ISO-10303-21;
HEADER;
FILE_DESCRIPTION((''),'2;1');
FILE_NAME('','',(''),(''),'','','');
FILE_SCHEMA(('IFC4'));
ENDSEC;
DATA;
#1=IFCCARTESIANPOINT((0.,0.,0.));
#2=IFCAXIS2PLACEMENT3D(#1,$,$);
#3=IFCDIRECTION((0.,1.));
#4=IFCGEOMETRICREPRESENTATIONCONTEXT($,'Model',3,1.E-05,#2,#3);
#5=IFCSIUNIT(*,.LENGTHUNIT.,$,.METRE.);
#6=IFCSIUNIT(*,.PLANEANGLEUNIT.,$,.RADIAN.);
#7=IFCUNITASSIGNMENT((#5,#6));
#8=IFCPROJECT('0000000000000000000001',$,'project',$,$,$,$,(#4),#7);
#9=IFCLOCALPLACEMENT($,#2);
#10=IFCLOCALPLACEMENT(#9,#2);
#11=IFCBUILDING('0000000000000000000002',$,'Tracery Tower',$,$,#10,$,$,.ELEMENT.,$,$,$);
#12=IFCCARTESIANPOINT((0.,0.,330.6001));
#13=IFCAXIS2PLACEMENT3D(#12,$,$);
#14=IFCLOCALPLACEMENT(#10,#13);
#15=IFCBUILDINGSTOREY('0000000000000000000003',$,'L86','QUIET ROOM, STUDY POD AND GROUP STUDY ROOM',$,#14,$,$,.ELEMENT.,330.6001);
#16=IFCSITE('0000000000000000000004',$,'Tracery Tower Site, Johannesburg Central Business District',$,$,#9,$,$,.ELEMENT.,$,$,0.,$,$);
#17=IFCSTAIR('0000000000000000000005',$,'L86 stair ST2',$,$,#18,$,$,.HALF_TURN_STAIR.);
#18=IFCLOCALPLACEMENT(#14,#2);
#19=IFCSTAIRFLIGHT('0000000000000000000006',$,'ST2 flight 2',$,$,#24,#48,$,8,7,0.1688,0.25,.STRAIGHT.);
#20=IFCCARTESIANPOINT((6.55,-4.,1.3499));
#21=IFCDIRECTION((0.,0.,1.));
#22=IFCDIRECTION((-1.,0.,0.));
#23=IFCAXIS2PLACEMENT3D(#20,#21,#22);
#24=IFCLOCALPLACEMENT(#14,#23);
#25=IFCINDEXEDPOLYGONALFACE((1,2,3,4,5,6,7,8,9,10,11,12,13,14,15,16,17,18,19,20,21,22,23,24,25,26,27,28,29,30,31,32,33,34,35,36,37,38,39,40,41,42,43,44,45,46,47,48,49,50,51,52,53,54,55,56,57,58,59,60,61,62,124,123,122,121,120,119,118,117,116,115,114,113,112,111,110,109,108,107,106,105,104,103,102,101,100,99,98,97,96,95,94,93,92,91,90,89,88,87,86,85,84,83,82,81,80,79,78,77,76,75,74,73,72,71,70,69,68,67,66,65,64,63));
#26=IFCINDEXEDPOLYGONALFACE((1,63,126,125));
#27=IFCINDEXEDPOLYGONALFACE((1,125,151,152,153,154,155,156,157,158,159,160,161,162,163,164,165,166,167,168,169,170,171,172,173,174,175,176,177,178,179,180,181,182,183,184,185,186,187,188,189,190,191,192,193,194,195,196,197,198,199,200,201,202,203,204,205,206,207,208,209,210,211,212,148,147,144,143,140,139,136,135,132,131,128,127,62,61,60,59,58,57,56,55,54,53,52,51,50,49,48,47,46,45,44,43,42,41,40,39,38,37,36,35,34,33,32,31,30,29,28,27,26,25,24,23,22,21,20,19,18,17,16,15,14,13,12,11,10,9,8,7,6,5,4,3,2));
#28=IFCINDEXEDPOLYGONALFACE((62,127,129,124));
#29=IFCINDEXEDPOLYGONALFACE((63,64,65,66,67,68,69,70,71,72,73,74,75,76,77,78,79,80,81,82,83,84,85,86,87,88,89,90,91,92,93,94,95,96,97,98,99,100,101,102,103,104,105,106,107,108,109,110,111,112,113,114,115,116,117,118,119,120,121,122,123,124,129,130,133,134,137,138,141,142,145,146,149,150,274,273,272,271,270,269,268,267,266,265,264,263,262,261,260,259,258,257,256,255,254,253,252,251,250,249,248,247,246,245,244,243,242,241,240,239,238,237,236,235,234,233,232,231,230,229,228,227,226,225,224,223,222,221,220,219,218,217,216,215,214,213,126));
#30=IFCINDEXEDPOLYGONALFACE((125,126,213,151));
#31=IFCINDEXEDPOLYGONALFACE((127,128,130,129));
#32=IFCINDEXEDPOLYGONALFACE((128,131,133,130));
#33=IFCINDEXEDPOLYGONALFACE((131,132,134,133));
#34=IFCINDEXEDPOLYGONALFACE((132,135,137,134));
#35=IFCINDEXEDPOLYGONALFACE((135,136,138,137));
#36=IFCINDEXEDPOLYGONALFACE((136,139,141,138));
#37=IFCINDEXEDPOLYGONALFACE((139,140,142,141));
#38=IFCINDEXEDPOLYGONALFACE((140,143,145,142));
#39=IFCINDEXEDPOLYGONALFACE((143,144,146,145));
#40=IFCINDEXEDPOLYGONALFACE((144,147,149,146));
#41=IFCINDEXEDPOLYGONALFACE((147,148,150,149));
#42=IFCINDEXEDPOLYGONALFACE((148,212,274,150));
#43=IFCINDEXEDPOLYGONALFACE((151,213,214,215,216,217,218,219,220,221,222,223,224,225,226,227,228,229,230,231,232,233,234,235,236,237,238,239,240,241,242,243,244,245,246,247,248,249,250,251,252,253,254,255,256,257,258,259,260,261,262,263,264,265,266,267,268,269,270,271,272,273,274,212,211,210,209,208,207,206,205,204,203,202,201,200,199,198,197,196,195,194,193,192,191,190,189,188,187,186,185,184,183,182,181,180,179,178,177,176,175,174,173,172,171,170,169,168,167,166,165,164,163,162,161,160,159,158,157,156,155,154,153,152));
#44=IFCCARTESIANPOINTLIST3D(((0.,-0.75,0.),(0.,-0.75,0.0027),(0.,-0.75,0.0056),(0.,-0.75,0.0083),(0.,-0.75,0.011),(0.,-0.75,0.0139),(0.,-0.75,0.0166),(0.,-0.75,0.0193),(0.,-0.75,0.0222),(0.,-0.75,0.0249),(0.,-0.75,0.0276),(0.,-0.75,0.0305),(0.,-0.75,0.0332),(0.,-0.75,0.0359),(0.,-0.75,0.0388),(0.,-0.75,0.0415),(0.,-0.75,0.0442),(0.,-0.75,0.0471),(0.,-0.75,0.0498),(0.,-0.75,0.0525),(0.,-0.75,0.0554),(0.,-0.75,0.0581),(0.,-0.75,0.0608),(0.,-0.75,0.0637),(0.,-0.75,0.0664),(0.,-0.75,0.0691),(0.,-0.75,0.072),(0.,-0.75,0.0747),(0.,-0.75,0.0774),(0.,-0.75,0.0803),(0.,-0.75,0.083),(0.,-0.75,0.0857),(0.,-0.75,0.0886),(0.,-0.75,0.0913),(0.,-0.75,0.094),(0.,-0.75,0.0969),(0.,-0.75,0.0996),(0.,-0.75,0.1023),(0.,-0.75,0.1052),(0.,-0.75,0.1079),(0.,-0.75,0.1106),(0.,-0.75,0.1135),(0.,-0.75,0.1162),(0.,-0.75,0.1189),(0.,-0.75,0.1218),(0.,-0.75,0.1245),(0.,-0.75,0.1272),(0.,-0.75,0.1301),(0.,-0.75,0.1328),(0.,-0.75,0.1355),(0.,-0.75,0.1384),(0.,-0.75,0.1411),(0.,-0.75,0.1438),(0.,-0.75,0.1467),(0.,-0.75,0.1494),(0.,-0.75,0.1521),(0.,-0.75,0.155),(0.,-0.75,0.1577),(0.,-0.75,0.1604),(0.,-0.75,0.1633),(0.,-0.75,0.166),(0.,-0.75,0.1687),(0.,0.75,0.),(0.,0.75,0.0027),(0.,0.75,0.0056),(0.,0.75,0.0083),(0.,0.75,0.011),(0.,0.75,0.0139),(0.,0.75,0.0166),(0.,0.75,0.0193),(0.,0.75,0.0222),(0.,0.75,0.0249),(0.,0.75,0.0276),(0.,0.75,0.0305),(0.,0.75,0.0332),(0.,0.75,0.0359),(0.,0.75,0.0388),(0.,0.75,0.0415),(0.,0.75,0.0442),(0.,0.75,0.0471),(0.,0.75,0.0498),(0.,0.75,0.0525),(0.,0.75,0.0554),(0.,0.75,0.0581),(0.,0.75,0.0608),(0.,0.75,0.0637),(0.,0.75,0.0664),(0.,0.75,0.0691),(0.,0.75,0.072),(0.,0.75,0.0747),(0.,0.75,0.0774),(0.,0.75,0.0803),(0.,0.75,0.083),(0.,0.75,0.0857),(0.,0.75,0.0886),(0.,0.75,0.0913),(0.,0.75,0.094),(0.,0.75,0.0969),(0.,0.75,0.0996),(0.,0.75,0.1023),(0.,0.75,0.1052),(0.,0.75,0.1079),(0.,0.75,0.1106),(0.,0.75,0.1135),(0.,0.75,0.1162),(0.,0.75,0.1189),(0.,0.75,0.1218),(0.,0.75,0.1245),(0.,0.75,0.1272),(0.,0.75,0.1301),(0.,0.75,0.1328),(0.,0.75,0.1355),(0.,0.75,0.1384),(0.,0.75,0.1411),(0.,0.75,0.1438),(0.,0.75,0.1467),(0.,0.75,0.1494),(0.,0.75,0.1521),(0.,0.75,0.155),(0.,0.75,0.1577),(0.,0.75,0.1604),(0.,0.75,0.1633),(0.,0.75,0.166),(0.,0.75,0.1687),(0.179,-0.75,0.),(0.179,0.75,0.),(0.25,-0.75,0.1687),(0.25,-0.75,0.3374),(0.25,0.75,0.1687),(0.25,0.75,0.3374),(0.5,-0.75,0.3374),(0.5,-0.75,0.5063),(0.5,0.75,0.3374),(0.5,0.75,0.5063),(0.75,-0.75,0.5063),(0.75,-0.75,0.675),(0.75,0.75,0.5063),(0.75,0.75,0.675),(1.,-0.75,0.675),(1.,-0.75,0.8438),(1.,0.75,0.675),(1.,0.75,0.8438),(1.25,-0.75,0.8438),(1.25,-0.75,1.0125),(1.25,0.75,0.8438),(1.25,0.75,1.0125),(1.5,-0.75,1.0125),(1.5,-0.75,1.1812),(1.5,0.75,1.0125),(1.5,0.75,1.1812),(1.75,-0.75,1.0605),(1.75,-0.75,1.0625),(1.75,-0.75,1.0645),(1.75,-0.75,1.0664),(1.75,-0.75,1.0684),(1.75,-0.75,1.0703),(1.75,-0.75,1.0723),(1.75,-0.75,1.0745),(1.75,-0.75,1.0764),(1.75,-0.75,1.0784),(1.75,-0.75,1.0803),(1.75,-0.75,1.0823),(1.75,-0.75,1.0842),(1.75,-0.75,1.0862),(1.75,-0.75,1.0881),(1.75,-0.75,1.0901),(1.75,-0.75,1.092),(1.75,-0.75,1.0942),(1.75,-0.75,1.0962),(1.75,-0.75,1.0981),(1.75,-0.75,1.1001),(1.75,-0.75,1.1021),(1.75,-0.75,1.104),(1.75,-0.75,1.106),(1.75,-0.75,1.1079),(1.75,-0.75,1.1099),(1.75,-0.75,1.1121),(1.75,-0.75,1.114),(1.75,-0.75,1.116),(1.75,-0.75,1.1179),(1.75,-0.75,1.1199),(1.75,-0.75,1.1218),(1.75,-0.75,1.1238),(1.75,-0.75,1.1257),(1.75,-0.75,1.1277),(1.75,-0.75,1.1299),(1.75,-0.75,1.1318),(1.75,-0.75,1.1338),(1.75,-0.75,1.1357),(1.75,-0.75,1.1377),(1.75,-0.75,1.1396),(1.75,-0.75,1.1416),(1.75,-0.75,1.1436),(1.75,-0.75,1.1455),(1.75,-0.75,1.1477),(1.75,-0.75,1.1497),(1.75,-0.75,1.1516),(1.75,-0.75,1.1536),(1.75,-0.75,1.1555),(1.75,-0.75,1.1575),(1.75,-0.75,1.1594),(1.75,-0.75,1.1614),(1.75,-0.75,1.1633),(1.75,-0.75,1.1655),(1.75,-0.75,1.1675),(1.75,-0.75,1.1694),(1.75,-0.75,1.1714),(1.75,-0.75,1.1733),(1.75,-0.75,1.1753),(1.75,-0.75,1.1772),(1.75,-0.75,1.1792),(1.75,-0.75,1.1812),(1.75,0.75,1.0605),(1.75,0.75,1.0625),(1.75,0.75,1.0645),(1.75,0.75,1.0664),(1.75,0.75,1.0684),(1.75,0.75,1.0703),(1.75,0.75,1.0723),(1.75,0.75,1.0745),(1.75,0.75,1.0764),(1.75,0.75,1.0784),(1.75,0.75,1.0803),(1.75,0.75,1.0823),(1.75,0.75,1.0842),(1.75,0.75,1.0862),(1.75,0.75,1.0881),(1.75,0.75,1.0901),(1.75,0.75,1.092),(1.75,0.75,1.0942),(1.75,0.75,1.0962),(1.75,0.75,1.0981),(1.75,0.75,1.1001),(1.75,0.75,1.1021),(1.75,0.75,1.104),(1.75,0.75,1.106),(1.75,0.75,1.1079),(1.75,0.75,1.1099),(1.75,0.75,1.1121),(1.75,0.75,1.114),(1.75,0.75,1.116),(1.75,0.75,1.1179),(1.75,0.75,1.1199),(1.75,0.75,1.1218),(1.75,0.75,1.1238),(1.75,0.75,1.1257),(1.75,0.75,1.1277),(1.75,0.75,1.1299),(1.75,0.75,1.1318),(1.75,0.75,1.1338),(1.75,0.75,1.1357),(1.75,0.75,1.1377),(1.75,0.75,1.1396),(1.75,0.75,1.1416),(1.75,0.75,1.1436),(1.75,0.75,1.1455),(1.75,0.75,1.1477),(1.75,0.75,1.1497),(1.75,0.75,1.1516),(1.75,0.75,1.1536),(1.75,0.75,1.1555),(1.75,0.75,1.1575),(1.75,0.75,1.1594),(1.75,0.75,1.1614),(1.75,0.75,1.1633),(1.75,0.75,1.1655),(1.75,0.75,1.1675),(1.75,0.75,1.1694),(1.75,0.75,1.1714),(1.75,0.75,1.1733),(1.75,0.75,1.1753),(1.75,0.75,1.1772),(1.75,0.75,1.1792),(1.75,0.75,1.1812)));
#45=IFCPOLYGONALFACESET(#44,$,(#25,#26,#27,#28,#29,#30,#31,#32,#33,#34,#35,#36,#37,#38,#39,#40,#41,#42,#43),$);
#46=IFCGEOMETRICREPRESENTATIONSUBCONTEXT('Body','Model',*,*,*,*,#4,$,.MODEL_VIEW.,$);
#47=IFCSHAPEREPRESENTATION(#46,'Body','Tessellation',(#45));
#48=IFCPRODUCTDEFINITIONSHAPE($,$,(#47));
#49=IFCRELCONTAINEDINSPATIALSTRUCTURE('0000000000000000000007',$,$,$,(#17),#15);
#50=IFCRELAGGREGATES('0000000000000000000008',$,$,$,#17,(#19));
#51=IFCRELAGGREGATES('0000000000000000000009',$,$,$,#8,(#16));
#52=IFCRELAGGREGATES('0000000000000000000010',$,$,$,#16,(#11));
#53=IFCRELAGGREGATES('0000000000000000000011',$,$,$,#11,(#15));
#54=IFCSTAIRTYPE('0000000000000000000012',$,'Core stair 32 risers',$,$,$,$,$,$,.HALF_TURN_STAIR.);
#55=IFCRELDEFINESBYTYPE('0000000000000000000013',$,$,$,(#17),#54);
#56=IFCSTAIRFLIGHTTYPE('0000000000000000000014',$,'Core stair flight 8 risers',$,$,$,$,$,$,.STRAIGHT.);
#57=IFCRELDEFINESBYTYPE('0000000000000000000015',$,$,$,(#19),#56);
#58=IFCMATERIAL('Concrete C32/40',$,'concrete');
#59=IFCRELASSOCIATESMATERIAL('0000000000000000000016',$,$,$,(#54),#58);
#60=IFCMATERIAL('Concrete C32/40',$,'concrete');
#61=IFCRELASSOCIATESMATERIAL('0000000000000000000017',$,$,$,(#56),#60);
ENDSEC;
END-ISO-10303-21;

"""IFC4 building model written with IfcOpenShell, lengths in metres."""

from ifc_helpers import new_model, si_unit, direction, frame, origin, place, context, subcontext, project, spatial, polyline, outline, extrude, material, type_object, element, aggregate, save


model = new_model("IFC4")

# Units and contexts
model_context = context("Model", 3, precision=1e-05, world=origin(), true_north=direction((0.0, 1.0)))
body_context = subcontext(model_context, "Body", "Model", "MODEL_VIEW")
ifc_project = project(units=[si_unit("LENGTHUNIT", "METRE"), si_unit("PLANEANGLEUNIT", "RADIAN")], contexts=[model_context])

# Site, building, storey
site_placement = place(None, origin())
site = spatial("IfcSite", under=ifc_project, at=site_placement, Name="Tracery Tower Site, Johannesburg Central Business District", CompositionType="ELEMENT", RefElevation=0.0)
building_placement = place(site_placement, origin())
building = spatial("IfcBuilding", under=site, at=building_placement, Name="Tracery Tower", CompositionType="ELEMENT")
storey_placement = place(building_placement, frame((0.0, 0.0, 330.6001)))
storey = spatial("IfcBuildingStorey", under=building, at=storey_placement, Name="L86", Description="QUIET ROOM, STUDY POD AND GROUP STUDY ROOM", CompositionType="ELEMENT", Elevation=330.6001)

# Stair, stair flight
ifc_material_1 = material(Name="Concrete C32/40", Category="concrete")
stair_type = type_object("IfcStairType", Name="Core stair 32 risers", PredefinedType="HALF_TURN_STAIR", material=ifc_material_1)
stair_placement = place(storey_placement, origin())
stair = element("IfcStair", 1, at=stair_placement, inside=storey, type_object=stair_type, Name="L86 stair ST2", PredefinedType="HALF_TURN_STAIR")
ifc_material_2 = material(Name="Concrete C32/40", Category="concrete")
stair_flight_type = type_object("IfcStairFlightType", Name="Core stair flight 8 risers", PredefinedType="STRAIGHT", material=ifc_material_2)
stair_flight_1_placement = place(storey_placement, frame((6.55, -4.0, 1.3499), z_axis=(0.0, 0.0, 1.0), x_axis=(-1.0, 0.0, 0.0)))
stair_flight_1 = element("IfcStairFlight", 2, at=stair_flight_1_placement, type_object=stair_flight_type, Name="ST2 flight 2", NumberOfRisers=8, NumberOfTreads=7, PredefinedType="STRAIGHT", RiserHeight=0.1688, TreadLength=0.25, context=body_context, shape_type="SweptSolid", body=[
    extrude(outline(polyline([(0.0, 0.0), (0.0, 0.0027), (0.0, 0.0056), (0.0, 0.0083), (0.0, 0.011), (0.0, 0.0139), (0.0, 0.0166), (0.0, 0.0193), (0.0, 0.0222), (0.0, 0.0249), (0.0, 0.0276), (0.0, 0.0305), (0.0, 0.0332), (0.0, 0.0359), (0.0, 0.0388), (0.0, 0.0415), (0.0, 0.0442), (0.0, 0.0471), (0.0, 0.0498), (0.0, 0.0525), (0.0, 0.0554), (0.0, 0.0581), (0.0, 0.0608), (0.0, 0.0637), (0.0, 0.0664), (0.0, 0.0691), (0.0, 0.072), (0.0, 0.0747), (0.0, 0.0774), (0.0, 0.0803), (0.0, 0.083), (0.0, 0.0857), (0.0, 0.0886), (0.0, 0.0913), (0.0, 0.094), (0.0, 0.0969), (0.0, 0.0996), (0.0, 0.1023), (0.0, 0.1052), (0.0, 0.1079), (0.0, 0.1106), (0.0, 0.1135), (0.0, 0.1162), (0.0, 0.1189), (0.0, 0.1218), (0.0, 0.1245), (0.0, 0.1272), (0.0, 0.1301), (0.0, 0.1328), (0.0, 0.1355), (0.0, 0.1384), (0.0, 0.1411), (0.0, 0.1438), (0.0, 0.1467), (0.0, 0.1494), (0.0, 0.1521), (0.0, 0.155), (0.0, 0.1577), (0.0, 0.1604), (0.0, 0.1633), (0.0, 0.166), (0.0, 0.1687), (0.25, 0.1687), (0.25, 0.3374), (0.5, 0.3374), (0.5, 0.5063), (0.75, 0.5063), (0.75, 0.675), (1.0, 0.675), (1.0, 0.8438), (1.25, 0.8438), (1.25, 1.0125), (1.5, 1.0125), (1.5, 1.1812), (1.75, 1.1812), (1.75, 1.1792), (1.75, 1.1772), (1.75, 1.1753), (1.75, 1.1733), (1.75, 1.1714), (1.75, 1.1694), (1.75, 1.1675), (1.75, 1.1655), (1.75, 1.1633), (1.75, 1.1614), (1.75, 1.1594), (1.75, 1.1575), (1.75, 1.1555), (1.75, 1.1536), (1.75, 1.1516), (1.75, 1.1497), (1.75, 1.1477), (1.75, 1.1455), (1.75, 1.1436), (1.75, 1.1416), (1.75, 1.1396), (1.75, 1.1377), (1.75, 1.1357), (1.75, 1.1338), (1.75, 1.1318), (1.75, 1.1299), (1.75, 1.1277), (1.75, 1.1257), (1.75, 1.1238), (1.75, 1.1218), (1.75, 1.1199), (1.75, 1.1179), (1.75, 1.116), (1.75, 1.114), (1.75, 1.1121), (1.75, 1.1099), (1.75, 1.1079), (1.75, 1.106), (1.75, 1.104), (1.75, 1.1021), (1.75, 1.1001), (1.75, 1.0981), (1.75, 1.0962), (1.75, 1.0942), (1.75, 1.092), (1.75, 1.0901), (1.75, 1.0881), (1.75, 1.0862), (1.75, 1.0842), (1.75, 1.0823), (1.75, 1.0803), (1.75, 1.0784), (1.75, 1.0764), (1.75, 1.0745), (1.75, 1.0723), (1.75, 1.0703), (1.75, 1.0684), (1.75, 1.0664), (1.75, 1.0645), (1.75, 1.0625), (1.75, 1.0605), (0.179, 0.0), (0.0, 0.0)])), frame((0.0, 0.75, 0.0), z_axis=(0.0, -1.0, 0.0), x_axis=(1.0, 0.0, 0.0)), (0.0, 0.0, 1.0), 1.5),
])
aggregate(stair, [stair_flight_1])

save(model, "model.ifc")
